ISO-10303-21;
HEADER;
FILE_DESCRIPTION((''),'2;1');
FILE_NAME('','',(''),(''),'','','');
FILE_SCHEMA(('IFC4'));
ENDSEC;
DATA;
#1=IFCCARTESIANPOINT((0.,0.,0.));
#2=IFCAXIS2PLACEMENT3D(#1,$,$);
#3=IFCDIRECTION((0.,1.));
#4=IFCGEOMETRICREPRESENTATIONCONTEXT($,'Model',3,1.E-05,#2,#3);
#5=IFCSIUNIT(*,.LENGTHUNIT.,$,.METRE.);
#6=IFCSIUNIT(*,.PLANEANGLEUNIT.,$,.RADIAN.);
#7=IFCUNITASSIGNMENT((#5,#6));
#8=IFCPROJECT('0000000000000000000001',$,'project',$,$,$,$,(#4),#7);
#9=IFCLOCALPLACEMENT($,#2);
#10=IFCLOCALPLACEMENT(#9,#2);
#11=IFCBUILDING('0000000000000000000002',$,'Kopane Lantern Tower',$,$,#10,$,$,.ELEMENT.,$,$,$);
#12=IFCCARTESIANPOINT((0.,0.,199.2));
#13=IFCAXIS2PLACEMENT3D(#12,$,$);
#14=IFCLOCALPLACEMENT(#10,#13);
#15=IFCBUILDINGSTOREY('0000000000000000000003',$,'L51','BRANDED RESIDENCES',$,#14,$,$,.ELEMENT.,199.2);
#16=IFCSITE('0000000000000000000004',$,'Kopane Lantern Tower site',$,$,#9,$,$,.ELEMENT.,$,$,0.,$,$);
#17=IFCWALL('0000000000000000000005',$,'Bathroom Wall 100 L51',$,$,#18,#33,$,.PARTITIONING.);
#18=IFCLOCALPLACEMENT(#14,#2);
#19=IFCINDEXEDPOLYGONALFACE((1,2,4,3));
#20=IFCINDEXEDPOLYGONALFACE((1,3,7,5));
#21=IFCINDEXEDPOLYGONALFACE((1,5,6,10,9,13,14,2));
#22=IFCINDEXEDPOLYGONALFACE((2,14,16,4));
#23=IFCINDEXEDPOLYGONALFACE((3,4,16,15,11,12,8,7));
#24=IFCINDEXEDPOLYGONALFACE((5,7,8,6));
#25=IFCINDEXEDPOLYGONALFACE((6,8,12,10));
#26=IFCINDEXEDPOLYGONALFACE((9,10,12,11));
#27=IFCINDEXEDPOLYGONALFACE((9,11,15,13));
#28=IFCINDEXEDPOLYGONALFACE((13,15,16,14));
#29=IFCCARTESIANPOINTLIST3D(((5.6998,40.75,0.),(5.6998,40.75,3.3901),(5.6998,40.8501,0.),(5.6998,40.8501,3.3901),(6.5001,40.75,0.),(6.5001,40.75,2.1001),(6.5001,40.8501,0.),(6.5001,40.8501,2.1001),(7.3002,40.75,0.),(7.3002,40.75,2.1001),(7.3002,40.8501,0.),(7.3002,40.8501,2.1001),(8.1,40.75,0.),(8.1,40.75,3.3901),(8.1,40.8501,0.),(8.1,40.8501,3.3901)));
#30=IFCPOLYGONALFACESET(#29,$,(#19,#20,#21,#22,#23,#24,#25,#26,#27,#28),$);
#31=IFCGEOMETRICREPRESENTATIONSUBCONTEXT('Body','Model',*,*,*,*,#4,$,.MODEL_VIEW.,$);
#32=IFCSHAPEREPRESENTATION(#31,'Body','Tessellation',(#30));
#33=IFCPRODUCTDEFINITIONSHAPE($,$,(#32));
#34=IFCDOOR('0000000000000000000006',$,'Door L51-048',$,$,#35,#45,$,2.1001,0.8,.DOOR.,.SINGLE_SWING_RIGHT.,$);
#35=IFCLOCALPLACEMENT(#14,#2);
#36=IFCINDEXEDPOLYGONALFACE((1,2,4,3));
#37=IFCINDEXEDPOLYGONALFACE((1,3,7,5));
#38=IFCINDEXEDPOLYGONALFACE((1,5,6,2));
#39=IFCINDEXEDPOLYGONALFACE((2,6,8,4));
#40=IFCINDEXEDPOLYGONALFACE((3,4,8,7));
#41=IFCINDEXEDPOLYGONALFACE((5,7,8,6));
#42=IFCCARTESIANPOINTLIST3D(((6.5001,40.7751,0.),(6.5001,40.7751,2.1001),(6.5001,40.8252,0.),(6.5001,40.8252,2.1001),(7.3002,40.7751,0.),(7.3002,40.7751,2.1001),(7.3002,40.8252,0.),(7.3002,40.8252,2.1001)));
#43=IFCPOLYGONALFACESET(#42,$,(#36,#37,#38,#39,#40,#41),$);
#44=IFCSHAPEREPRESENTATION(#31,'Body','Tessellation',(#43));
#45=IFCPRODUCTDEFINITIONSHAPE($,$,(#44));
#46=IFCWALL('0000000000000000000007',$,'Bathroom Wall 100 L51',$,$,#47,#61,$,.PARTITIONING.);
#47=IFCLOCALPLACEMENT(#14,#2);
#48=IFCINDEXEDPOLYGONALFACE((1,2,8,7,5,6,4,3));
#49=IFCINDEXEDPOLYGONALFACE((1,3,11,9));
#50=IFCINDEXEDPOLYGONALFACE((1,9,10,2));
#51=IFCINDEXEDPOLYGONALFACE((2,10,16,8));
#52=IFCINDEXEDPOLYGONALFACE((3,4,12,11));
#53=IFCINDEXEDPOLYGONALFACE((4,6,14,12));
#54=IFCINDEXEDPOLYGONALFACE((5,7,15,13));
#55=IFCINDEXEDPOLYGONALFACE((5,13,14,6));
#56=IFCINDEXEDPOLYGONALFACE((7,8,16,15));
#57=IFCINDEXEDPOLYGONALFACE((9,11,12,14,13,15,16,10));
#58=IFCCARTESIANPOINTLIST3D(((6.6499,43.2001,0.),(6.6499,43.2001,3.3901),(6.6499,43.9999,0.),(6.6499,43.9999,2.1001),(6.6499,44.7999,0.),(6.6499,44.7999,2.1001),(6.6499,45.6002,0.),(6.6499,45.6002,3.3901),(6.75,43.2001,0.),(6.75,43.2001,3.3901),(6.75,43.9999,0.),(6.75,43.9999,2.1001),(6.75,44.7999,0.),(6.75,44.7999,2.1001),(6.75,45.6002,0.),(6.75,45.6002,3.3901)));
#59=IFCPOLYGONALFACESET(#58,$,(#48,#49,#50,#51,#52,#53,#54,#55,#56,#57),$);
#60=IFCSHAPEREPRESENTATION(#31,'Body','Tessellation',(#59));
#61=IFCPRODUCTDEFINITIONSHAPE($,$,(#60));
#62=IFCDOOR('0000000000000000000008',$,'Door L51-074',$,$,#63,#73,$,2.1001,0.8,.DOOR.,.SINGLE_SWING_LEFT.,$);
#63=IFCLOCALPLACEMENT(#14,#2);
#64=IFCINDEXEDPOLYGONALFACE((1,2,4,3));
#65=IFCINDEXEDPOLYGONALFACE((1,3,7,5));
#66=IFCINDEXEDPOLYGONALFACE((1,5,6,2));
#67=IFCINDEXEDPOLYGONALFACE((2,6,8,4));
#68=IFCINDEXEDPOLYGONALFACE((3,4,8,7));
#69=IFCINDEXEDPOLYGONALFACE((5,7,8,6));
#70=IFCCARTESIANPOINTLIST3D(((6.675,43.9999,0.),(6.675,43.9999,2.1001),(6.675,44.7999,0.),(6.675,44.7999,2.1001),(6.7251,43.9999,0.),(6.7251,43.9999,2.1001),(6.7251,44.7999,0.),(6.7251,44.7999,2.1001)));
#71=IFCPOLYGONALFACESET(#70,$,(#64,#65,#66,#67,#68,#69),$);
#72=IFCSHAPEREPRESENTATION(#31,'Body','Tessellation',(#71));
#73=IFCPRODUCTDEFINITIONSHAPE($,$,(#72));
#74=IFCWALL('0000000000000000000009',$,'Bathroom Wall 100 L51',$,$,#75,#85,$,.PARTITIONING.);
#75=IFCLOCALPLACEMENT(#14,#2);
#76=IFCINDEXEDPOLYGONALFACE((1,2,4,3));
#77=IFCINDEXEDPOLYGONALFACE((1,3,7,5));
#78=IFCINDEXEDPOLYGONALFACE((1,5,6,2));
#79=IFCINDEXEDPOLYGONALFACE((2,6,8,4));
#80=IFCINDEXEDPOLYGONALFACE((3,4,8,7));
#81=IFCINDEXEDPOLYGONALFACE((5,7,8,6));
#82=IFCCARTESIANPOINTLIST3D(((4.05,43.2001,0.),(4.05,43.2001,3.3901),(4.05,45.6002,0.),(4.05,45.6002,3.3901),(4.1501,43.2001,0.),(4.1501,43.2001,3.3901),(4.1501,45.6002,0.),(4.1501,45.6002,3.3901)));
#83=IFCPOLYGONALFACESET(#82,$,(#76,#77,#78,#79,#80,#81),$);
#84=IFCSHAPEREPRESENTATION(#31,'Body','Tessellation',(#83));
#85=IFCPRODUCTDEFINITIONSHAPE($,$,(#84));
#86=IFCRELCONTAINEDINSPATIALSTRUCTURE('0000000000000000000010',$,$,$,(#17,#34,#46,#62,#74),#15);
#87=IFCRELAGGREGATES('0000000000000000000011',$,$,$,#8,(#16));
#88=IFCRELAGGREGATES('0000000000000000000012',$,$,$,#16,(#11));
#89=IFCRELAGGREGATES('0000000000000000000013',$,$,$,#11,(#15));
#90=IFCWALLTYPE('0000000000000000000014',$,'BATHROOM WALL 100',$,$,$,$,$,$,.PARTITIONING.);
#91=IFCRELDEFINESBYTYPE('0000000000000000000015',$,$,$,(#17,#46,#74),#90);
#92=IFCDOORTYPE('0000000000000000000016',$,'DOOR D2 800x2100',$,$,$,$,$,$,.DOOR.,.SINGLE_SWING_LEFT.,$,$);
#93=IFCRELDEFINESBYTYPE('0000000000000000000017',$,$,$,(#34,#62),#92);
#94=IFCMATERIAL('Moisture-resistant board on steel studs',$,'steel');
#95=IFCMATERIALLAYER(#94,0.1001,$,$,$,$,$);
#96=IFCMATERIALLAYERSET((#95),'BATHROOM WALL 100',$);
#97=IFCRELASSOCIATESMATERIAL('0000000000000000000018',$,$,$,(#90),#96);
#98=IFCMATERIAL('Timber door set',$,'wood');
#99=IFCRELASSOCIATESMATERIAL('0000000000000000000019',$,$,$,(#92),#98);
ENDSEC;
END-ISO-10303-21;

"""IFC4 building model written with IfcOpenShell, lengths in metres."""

from ifc_helpers import new_model, si_unit, direction, frame, frame_2d, origin, place, context, subcontext, project, spatial, rectangle, extrude, material, layer, layer_set, type_object, element, fill, save


model = new_model("IFC4")

# Units and contexts
model_context = context("Model", 3, precision=1e-05, world=origin(), true_north=direction((0.0, 1.0)))
body_context = subcontext(model_context, "Body", "Model", "MODEL_VIEW")
ifc_project = project(units=[si_unit("LENGTHUNIT", "METRE"), si_unit("PLANEANGLEUNIT", "RADIAN")], contexts=[model_context])

# Site, building, storey
site_placement = place(None, origin())
site = spatial("IfcSite", under=ifc_project, at=site_placement, Name="Kopane Lantern Tower site", CompositionType="ELEMENT", RefElevation=0.0)
building_placement = place(site_placement, origin())
building = spatial("IfcBuilding", under=site, at=building_placement, Name="Kopane Lantern Tower", CompositionType="ELEMENT")
storey_placement = place(building_placement, frame((0.0, 0.0, 199.2)))
storey = spatial("IfcBuildingStorey", under=building, at=storey_placement, Name="L51", Description="BRANDED RESIDENCES", CompositionType="ELEMENT", Elevation=199.2)

# Walls, openings, doors
ifc_material_1 = material(Name="Moisture-resistant board on steel studs", Category="steel")
ifc_layer_1 = layer(ifc_material_1, 0.1001)
ifc_layer_set_1 = layer_set([ifc_layer_1], Name="BATHROOM WALL 100")
wall_type_1 = type_object("IfcWallType", Name="BATHROOM WALL 100", PredefinedType="PARTITIONING", material=ifc_layer_set_1)
ifc_material_2 = material(Name="Timber door set", Category="wood")
door_type_1 = type_object("IfcDoorType", Name="DOOR D2 800x2100", OperationType="SINGLE_SWING_LEFT", PredefinedType="DOOR", material=ifc_material_2)
wall_1_placement = place(storey_placement, frame((8.1001, 40.8, 0.0), z_axis=(0.0, 0.0, 1.0), x_axis=(-1.0, 0.0, 0.0)))
wall_1 = element("IfcWall", 1, at=wall_1_placement, inside=storey, type_object=wall_type_1, Name="Bathroom Wall 100 L51", PredefinedType="PARTITIONING", context=body_context, shape_type="SweptSolid", body=[
    extrude(rectangle(XDim=2.4001, YDim=0.1001, at=frame_2d((1.2002, 0.0))), origin(), (0.0, 0.0, 1.0), 3.3901),
])
opening_1_placement = place(wall_1_placement, frame((0.8, 0.0, 0.0)))
opening_1 = element("IfcOpeningElement", 2, at=opening_1_placement, cuts=wall_1, PredefinedType="OPENING", context=body_context, shape_type="SweptSolid", body=[
    extrude(rectangle(XDim=0.8, YDim=2.1001, at=frame_2d((0.3999, 1.05))), frame((0.0, 0.0601, 0.0), z_axis=(0.0, -1.0, 0.0), x_axis=(1.0, 0.0, 0.0)), (0.0, 0.0, 1.0), 0.1201),
])
door_1_placement = place(opening_1_placement, origin())
door_1 = element("IfcDoor", 3, at=door_1_placement, inside=storey, type_object=door_type_1, Name="Door L51-048", OperationType="SINGLE_SWING_RIGHT", OverallHeight=2.1001, OverallWidth=0.8, PredefinedType="DOOR", context=body_context, shape_type="SweptSolid", body=[
    extrude(rectangle(XDim=0.8, YDim=2.1001, at=frame_2d((0.3999, 1.05))), frame((0.0, 0.0249, 0.0), z_axis=(0.0, -1.0, 0.0), x_axis=(1.0, 0.0, 0.0)), (0.0, 0.0, 1.0), 0.05),
])
fill(opening_1, door_1)
wall_2_placement = place(storey_placement, frame((6.7, 43.2, 0.0), z_axis=(0.0, 0.0, 1.0), x_axis=(0.0, 1.0, 0.0)))
wall_2 = element("IfcWall", 4, at=wall_2_placement, inside=storey, type_object=wall_type_1, Name="Bathroom Wall 100 L51", PredefinedType="PARTITIONING", context=body_context, shape_type="SweptSolid", body=[
    extrude(rectangle(XDim=2.4001, YDim=0.1001, at=frame_2d((1.2002, 0.0))), origin(), (0.0, 0.0, 1.0), 3.3901),
])
opening_2_placement = place(wall_2_placement, frame((0.8, 0.0, 0.0)))
opening_2 = element("IfcOpeningElement", 5, at=opening_2_placement, cuts=wall_2, PredefinedType="OPENING", context=body_context, shape_type="SweptSolid", body=[
    extrude(rectangle(XDim=0.8, YDim=2.1001, at=frame_2d((0.3999, 1.05))), frame((0.0, 0.0601, 0.0), z_axis=(0.0, -1.0, 0.0), x_axis=(1.0, 0.0, 0.0)), (0.0, 0.0, 1.0), 0.1201),
])
door_2_placement = place(opening_2_placement, origin())
door_2 = element("IfcDoor", 6, at=door_2_placement, inside=storey, type_object=door_type_1, Name="Door L51-074", OperationType="SINGLE_SWING_LEFT", OverallHeight=2.1001, OverallWidth=0.8, PredefinedType="DOOR", context=body_context, shape_type="SweptSolid", body=[
    extrude(rectangle(XDim=0.8, YDim=2.1001, at=frame_2d((0.3999, 1.05))), frame((0.0, 0.0249, 0.0), z_axis=(0.0, -1.0, 0.0), x_axis=(1.0, 0.0, 0.0)), (0.0, 0.0, 1.0), 0.05),
])
fill(opening_2, door_2)

# Wall
wall_3_placement = place(storey_placement, frame((4.1001, 43.2, 0.0), z_axis=(0.0, 0.0, 1.0), x_axis=(0.0, 1.0, 0.0)))
element("IfcWall", 7, at=wall_3_placement, inside=storey, type_object=wall_type_1, Name="Bathroom Wall 100 L51", PredefinedType="PARTITIONING", context=body_context, shape_type="SweptSolid", body=[
    extrude(rectangle(XDim=2.4001, YDim=0.1001, at=frame_2d((1.2002, 0.0))), origin(), (0.0, 0.0, 1.0), 3.3901),
])

save(model, "model.ifc")
